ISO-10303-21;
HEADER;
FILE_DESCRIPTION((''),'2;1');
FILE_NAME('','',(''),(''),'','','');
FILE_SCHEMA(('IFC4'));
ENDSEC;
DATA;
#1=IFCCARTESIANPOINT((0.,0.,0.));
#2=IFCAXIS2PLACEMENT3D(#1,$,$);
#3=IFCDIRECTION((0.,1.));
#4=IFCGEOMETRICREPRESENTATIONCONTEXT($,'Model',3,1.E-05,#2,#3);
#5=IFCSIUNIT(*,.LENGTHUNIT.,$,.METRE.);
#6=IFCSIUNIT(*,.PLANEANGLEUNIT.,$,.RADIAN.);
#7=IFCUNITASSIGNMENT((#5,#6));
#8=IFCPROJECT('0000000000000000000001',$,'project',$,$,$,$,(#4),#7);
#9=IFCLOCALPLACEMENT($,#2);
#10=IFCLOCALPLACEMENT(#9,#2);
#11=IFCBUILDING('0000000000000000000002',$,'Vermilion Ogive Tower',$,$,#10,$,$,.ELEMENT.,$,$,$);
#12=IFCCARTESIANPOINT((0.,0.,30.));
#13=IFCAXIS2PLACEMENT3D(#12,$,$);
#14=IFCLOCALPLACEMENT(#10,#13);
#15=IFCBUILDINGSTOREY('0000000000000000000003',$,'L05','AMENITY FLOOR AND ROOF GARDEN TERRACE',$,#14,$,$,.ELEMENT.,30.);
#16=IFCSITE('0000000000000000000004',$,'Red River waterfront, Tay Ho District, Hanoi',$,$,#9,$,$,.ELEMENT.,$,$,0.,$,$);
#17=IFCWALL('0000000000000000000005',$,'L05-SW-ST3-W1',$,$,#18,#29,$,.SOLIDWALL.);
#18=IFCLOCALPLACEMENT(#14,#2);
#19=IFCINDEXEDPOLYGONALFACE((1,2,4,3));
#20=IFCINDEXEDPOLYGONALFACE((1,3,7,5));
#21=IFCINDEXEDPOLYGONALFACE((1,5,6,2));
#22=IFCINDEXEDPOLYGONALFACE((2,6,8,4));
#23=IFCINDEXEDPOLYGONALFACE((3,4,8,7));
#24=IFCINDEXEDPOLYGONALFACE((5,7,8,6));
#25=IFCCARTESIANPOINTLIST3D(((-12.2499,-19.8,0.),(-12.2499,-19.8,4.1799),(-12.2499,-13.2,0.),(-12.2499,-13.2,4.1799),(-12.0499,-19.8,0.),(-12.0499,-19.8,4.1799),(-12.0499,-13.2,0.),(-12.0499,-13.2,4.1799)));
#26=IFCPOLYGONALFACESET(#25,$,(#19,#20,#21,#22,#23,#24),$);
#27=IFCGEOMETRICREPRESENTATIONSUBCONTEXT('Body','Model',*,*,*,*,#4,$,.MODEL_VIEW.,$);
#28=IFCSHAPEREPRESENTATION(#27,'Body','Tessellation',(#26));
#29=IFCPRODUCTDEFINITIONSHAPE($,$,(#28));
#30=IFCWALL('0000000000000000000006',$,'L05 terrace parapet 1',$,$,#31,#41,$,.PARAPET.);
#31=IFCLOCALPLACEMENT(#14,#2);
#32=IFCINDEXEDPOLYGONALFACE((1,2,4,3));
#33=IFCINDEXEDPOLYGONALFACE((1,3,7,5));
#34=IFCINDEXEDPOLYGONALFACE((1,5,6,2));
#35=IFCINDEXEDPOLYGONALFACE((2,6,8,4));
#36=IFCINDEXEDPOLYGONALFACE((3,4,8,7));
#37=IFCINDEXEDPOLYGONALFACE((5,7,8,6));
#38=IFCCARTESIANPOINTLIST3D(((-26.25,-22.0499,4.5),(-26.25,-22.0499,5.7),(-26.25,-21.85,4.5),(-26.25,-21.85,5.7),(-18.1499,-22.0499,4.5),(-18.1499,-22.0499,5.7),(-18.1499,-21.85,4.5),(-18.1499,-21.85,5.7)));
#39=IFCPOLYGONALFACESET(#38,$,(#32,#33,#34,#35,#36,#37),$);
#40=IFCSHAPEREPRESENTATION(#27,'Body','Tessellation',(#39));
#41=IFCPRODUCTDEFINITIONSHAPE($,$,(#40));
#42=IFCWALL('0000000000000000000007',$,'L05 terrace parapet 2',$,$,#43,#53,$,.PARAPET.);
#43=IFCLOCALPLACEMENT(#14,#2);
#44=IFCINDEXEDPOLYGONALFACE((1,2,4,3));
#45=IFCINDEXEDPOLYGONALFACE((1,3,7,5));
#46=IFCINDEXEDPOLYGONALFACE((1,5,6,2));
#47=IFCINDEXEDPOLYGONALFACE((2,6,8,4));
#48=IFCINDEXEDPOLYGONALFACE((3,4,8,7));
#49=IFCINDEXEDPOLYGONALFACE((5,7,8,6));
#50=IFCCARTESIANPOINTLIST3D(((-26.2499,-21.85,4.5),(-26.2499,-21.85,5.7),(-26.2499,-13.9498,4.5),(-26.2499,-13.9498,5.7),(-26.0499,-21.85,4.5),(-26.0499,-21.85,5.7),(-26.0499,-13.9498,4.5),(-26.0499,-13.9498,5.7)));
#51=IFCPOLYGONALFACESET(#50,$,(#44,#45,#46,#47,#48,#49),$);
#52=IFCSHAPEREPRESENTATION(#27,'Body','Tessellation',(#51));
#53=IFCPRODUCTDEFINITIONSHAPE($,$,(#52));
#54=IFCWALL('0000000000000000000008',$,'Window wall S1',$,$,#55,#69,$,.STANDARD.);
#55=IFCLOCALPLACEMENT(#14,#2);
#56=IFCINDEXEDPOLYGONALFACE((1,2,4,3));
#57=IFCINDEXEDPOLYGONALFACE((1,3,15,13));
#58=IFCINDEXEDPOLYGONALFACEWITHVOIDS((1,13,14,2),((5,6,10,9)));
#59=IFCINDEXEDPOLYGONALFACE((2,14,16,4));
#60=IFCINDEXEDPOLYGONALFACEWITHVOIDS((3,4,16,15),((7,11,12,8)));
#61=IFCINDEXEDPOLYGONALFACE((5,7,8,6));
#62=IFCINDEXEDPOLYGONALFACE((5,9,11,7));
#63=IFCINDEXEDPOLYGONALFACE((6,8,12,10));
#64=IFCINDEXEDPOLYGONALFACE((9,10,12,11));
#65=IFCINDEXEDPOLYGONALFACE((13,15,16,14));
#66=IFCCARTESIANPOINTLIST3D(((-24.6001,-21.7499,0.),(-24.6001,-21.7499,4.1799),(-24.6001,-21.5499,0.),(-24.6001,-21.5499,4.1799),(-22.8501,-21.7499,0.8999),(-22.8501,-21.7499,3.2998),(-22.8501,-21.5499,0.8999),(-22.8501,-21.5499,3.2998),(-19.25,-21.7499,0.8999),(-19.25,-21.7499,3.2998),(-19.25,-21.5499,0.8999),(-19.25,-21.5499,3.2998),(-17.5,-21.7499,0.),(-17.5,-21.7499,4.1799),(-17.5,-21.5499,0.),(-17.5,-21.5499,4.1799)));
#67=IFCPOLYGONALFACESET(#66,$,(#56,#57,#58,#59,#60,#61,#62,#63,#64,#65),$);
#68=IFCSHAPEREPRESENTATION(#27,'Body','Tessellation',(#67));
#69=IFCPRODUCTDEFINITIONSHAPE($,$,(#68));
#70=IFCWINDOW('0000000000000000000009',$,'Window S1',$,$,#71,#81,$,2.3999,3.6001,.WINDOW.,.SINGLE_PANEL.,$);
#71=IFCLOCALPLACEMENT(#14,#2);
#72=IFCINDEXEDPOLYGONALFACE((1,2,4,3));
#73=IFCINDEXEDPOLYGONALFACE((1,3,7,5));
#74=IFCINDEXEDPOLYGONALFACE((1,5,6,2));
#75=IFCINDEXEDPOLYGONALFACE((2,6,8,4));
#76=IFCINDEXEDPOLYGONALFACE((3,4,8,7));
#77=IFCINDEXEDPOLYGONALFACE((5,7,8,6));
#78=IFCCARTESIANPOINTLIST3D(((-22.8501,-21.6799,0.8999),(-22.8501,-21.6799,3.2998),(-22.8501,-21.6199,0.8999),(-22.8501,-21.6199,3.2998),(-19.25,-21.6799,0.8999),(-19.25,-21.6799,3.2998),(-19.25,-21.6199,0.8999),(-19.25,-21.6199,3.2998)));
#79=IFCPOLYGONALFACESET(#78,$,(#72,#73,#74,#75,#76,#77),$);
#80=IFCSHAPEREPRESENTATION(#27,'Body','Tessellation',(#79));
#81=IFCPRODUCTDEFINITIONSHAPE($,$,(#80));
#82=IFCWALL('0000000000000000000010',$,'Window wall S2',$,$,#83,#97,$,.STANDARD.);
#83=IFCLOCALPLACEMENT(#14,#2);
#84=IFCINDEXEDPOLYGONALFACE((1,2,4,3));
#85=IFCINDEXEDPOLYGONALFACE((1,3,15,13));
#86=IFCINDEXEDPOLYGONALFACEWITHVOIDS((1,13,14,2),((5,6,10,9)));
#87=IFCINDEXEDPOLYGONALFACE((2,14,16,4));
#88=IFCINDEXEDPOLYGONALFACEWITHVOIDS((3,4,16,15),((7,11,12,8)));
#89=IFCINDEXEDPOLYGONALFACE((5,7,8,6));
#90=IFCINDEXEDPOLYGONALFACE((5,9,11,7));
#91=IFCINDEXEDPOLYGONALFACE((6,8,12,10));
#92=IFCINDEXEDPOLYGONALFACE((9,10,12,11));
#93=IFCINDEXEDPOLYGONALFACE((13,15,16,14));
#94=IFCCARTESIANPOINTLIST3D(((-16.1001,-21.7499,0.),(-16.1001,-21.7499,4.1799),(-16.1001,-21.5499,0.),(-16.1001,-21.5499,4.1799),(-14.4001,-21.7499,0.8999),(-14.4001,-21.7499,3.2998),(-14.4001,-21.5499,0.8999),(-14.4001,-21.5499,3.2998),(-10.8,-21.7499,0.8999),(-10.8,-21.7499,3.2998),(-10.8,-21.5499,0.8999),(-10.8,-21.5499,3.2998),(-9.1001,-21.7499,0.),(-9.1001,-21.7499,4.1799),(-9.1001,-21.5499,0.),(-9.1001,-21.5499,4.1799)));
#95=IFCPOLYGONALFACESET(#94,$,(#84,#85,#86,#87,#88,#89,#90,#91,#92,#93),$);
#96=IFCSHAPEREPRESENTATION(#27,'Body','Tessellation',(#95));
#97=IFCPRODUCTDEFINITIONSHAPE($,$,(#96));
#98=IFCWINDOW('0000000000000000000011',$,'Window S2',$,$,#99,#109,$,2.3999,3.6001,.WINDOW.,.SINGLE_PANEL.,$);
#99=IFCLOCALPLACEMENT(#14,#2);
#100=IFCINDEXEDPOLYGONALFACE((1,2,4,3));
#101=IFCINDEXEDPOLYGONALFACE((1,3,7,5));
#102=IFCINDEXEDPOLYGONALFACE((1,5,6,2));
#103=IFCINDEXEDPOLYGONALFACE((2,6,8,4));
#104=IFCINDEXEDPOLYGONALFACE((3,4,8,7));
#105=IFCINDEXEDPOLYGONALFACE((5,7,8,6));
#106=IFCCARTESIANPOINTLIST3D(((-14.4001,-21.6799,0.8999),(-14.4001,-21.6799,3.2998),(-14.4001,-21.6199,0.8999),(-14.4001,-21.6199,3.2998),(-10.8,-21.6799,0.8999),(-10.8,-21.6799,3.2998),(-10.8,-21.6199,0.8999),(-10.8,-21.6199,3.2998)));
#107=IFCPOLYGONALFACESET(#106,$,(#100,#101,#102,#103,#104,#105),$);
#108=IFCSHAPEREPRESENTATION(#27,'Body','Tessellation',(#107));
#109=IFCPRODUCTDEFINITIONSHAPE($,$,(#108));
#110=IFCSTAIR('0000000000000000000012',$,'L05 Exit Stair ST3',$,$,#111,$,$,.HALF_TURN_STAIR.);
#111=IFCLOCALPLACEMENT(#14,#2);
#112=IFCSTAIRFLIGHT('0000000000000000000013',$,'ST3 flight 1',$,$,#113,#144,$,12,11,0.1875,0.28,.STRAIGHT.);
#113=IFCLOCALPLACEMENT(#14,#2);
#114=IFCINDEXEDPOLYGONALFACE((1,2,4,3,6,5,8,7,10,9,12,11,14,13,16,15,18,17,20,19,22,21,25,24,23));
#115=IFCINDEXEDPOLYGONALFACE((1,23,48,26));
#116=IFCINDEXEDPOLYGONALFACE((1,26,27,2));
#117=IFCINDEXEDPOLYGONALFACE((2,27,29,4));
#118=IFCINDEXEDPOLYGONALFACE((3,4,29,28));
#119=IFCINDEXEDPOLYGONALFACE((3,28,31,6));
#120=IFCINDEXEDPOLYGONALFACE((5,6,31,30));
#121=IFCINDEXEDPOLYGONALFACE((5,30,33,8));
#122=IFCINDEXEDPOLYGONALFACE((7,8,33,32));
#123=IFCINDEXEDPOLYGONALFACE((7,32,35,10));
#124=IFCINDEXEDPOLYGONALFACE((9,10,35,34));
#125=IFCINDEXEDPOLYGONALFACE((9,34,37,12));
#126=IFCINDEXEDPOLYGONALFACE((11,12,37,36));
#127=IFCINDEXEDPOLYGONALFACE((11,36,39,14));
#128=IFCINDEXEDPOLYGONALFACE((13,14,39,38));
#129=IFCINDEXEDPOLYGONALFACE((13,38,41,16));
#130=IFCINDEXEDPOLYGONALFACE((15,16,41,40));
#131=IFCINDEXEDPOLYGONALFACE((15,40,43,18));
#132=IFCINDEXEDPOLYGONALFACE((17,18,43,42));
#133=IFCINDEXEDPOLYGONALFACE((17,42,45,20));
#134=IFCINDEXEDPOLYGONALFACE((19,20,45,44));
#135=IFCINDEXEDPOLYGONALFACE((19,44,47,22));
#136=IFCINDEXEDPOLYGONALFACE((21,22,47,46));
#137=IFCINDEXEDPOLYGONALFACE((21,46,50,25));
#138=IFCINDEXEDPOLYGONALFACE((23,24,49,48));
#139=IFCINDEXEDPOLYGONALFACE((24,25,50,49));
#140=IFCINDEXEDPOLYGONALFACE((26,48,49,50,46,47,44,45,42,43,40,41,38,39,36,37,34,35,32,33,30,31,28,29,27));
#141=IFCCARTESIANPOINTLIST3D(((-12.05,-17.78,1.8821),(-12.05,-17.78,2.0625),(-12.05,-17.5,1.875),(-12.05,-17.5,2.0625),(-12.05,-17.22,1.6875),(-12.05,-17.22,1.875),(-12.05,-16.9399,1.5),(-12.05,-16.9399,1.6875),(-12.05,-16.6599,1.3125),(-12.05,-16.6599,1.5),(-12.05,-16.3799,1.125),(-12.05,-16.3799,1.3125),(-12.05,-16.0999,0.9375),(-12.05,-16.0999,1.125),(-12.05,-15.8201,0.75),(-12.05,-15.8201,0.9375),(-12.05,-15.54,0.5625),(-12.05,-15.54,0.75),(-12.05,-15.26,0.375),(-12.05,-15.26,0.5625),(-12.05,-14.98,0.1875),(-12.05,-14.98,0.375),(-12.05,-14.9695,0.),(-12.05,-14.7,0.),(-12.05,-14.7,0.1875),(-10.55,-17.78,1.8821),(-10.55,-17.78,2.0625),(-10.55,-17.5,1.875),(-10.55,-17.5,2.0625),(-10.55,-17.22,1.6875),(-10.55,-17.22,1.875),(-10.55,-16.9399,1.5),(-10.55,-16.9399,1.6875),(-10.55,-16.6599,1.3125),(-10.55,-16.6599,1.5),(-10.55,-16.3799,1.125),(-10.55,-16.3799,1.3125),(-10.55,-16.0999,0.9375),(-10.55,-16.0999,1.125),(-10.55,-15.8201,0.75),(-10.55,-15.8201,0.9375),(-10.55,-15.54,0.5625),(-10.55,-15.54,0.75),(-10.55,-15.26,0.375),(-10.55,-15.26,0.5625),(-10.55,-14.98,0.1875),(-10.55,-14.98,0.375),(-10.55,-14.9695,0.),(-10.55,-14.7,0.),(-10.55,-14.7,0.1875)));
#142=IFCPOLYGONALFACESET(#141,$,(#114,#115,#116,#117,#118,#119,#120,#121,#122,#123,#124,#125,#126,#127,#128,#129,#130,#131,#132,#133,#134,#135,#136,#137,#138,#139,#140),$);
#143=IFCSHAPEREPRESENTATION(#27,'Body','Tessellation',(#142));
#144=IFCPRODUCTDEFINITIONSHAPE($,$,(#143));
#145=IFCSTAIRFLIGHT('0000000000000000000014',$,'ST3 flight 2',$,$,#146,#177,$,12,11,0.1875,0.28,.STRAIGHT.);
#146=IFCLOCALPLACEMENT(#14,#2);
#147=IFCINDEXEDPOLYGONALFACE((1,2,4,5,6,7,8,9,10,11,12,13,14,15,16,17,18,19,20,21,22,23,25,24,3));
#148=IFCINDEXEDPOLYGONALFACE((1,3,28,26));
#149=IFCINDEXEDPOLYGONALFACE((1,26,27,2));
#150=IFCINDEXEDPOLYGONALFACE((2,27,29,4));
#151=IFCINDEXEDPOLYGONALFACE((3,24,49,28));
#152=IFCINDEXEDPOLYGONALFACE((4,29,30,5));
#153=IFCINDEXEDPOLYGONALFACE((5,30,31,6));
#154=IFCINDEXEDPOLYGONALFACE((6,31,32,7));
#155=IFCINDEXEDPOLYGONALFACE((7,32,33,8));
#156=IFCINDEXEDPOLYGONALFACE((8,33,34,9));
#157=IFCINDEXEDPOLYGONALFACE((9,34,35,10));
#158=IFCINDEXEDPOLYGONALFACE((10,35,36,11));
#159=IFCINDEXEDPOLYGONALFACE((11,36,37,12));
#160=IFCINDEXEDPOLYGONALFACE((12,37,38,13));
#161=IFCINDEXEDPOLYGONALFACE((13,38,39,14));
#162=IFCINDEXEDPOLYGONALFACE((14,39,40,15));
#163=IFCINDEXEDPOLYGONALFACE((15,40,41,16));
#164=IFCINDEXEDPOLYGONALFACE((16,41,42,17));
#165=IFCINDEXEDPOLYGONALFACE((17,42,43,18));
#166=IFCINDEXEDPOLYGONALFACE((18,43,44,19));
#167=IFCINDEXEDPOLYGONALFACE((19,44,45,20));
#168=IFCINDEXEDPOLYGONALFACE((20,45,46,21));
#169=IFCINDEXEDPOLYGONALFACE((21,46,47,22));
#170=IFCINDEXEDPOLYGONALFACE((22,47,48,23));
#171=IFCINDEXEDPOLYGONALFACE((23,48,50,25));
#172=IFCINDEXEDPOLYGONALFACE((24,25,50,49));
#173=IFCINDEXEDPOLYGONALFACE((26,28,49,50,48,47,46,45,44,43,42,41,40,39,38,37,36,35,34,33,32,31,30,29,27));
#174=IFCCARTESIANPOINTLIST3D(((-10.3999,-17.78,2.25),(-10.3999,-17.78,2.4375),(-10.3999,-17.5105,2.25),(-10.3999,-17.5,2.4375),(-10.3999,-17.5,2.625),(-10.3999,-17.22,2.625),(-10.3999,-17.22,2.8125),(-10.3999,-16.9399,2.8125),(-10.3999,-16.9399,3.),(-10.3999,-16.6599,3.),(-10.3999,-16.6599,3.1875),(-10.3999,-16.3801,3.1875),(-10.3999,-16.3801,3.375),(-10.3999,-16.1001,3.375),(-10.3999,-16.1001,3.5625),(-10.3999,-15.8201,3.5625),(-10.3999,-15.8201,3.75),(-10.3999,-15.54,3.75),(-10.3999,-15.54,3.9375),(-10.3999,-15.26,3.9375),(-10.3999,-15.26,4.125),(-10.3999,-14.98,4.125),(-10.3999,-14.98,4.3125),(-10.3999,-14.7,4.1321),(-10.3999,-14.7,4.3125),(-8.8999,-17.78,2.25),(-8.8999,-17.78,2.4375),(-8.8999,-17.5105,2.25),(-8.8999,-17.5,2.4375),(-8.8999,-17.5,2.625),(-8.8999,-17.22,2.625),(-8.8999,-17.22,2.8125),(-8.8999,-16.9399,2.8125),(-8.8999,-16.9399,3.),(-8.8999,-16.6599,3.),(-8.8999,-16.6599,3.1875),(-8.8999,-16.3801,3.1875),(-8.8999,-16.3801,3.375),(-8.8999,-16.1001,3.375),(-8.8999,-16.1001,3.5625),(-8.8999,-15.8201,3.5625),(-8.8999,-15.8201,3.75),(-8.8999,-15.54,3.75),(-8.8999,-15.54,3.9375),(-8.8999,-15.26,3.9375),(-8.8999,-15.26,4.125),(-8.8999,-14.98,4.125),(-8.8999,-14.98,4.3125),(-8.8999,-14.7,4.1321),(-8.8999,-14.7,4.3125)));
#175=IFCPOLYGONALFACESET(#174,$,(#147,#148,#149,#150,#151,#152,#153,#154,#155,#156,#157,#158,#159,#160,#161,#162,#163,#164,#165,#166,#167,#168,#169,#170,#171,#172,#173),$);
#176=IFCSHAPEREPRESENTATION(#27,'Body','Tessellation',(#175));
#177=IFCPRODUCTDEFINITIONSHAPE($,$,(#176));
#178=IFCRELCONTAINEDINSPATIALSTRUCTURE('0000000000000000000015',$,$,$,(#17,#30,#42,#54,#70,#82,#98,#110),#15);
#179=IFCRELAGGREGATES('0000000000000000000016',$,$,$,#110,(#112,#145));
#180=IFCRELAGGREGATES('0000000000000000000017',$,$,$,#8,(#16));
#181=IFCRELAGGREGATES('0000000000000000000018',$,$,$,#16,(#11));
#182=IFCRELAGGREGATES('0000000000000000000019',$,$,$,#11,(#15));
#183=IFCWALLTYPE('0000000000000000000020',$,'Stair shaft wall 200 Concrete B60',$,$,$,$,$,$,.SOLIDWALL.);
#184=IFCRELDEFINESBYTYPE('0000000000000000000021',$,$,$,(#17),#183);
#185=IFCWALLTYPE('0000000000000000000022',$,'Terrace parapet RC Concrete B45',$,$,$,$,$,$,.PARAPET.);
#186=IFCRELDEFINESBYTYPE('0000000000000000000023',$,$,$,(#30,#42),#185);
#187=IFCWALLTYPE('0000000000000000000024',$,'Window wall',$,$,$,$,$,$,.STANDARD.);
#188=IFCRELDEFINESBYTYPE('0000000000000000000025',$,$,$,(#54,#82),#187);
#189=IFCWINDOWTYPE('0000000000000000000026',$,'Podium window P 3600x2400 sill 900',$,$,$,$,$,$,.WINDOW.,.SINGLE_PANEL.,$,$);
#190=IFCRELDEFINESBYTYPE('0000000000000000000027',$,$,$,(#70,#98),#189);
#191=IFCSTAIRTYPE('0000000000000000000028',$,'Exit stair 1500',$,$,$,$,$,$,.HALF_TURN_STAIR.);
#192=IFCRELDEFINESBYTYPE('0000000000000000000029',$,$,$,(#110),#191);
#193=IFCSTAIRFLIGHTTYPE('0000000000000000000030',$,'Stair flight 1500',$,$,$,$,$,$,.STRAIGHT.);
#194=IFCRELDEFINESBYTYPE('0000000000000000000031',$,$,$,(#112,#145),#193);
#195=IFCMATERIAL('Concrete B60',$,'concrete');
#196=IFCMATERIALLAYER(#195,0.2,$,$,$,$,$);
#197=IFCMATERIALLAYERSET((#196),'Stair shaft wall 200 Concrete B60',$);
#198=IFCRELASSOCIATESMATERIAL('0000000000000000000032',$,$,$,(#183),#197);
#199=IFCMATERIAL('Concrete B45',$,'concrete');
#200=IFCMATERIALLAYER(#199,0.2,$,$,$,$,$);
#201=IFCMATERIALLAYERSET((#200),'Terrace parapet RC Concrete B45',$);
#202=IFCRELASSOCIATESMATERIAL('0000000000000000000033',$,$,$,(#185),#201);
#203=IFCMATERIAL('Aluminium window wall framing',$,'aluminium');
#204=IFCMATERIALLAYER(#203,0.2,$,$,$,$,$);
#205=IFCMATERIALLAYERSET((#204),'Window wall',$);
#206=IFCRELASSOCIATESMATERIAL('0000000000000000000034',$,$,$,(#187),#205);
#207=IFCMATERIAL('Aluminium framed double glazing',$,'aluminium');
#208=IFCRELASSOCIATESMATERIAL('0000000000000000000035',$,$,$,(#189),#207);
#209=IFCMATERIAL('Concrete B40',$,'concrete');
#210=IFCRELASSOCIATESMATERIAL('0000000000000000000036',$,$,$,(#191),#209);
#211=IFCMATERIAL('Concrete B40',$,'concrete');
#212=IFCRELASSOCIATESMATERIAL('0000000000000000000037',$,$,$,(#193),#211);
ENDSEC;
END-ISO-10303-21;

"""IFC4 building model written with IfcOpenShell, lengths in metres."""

from ifc_helpers import new_model, si_unit, direction, frame, frame_2d, origin, place, context, subcontext, project, spatial, polyline, rectangle, outline, extrude, material, layer, layer_set, type_object, element, fill, aggregate, save


model = new_model("IFC4")

# Units and contexts
model_context = context("Model", 3, precision=1e-05, world=origin(), true_north=direction((0.0, 1.0)))
body_context = subcontext(model_context, "Body", "Model", "MODEL_VIEW")
ifc_project = project(units=[si_unit("LENGTHUNIT", "METRE"), si_unit("PLANEANGLEUNIT", "RADIAN")], contexts=[model_context])

# Site, building, storey
site_placement = place(None, origin())
site = spatial("IfcSite", under=ifc_project, at=site_placement, Name="Red River waterfront, Tay Ho District, Hanoi", CompositionType="ELEMENT", RefElevation=0.0)
building_placement = place(site_placement, origin())
building = spatial("IfcBuilding", under=site, at=building_placement, Name="Vermilion Ogive Tower", CompositionType="ELEMENT")
storey_placement = place(building_placement, frame((0.0, 0.0, 30.0)))
storey = spatial("IfcBuildingStorey", under=building, at=storey_placement, Name="L05", Description="AMENITY FLOOR AND ROOF GARDEN TERRACE", CompositionType="ELEMENT", Elevation=30.0)

# Walls
ifc_material_1 = material(Name="Concrete B60", Category="concrete")
ifc_layer_1 = layer(ifc_material_1, 0.2)
ifc_layer_set_1 = layer_set([ifc_layer_1], Name="Stair shaft wall 200 Concrete B60")
wall_type_1 = type_object("IfcWallType", Name="Stair shaft wall 200 Concrete B60", PredefinedType="SOLIDWALL", material=ifc_layer_set_1)
wall_1_placement = place(storey_placement, frame((-12.1499, -19.8, 0.0), z_axis=(0.0, 0.0, 1.0), x_axis=(0.0, 1.0, 0.0)))
element("IfcWall", 1, at=wall_1_placement, inside=storey, type_object=wall_type_1, Name="L05-SW-ST3-W1", PredefinedType="SOLIDWALL", context=body_context, shape_type="SweptSolid", body=[
    extrude(rectangle(XDim=6.6001, YDim=0.2, at=frame_2d((3.3, 0.0))), origin(), (0.0, 0.0, 1.0), 4.1799),
])
ifc_material_2 = material(Name="Concrete B45", Category="concrete")
ifc_layer_2 = layer(ifc_material_2, 0.2)
ifc_layer_set_2 = layer_set([ifc_layer_2], Name="Terrace parapet RC Concrete B45")
wall_type_2 = type_object("IfcWallType", Name="Terrace parapet RC Concrete B45", PredefinedType="PARAPET", material=ifc_layer_set_2)
wall_2_placement = place(storey_placement, frame((-26.25, -21.95, 4.5), z_axis=(0.0, 0.0, 1.0), x_axis=(1.0, 0.0, 0.0)))
element("IfcWall", 2, at=wall_2_placement, inside=storey, type_object=wall_type_2, Name="L05 terrace parapet 1", PredefinedType="PARAPET", context=body_context, shape_type="SweptSolid", body=[
    extrude(rectangle(XDim=8.1001, YDim=0.2, at=frame_2d((4.05, 0.0))), origin(), (0.0, 0.0, 1.0), 1.2),
])
wall_3_placement = place(storey_placement, frame((-26.1499, -21.8501, 4.5), z_axis=(0.0, 0.0, 1.0), x_axis=(0.0, 1.0, 0.0)))
element("IfcWall", 3, at=wall_3_placement, inside=storey, type_object=wall_type_2, Name="L05 terrace parapet 2", PredefinedType="PARAPET", context=body_context, shape_type="SweptSolid", body=[
    extrude(rectangle(XDim=7.9001, YDim=0.2, at=frame_2d((3.9502, 0.0))), origin(), (0.0, 0.0, 1.0), 1.2),
])

# Walls, openings, windows
ifc_material_3 = material(Name="Aluminium window wall framing", Category="aluminium")
ifc_layer_3 = layer(ifc_material_3, 0.2)
ifc_layer_set_3 = layer_set([ifc_layer_3], Name="Window wall")
wall_type_3 = type_object("IfcWallType", Name="Window wall", PredefinedType="STANDARD", material=ifc_layer_set_3)
wall_4_placement = place(storey_placement, frame((-24.6001, -21.6499, 0.0), z_axis=(0.0, 0.0, 1.0), x_axis=(1.0, 0.0, 0.0)))
wall_4 = element("IfcWall", 4, at=wall_4_placement, inside=storey, type_object=wall_type_3, Name="Window wall S1", PredefinedType="STANDARD", context=body_context, shape_type="SweptSolid", body=[
    extrude(rectangle(XDim=7.1001, YDim=0.2, at=frame_2d((3.55, 0.0))), origin(), (0.0, 0.0, 1.0), 4.1799),
])
opening_1_placement = place(wall_4_placement, frame((1.75, 0.0, 0.8999)))
opening_1 = element("IfcOpeningElement", 5, at=opening_1_placement, cuts=wall_4, PredefinedType="OPENING", context=body_context, shape_type="SweptSolid", body=[
    extrude(rectangle(XDim=3.6001, YDim=2.3999, at=frame_2d((1.8, 1.2))), frame((0.0, 0.1099, 0.0), z_axis=(0.0, -1.0, 0.0), x_axis=(1.0, 0.0, 0.0)), (0.0, 0.0, 1.0), 0.22),
])
ifc_material_4 = material(Name="Aluminium framed double glazing", Category="aluminium")
window_type = type_object("IfcWindowType", Name="Podium window P 3600x2400 sill 900", PartitioningType="SINGLE_PANEL", PredefinedType="WINDOW", material=ifc_material_4)
window_1_placement = place(opening_1_placement, origin())
window_1 = element("IfcWindow", 6, at=window_1_placement, inside=storey, type_object=window_type, Name="Window S1", OverallHeight=2.3999, OverallWidth=3.6001, PartitioningType="SINGLE_PANEL", PredefinedType="WINDOW", context=body_context, shape_type="SweptSolid", body=[
    extrude(rectangle(XDim=3.6001, YDim=2.3999, at=frame_2d((1.8, 1.2))), frame((0.0, 0.03, 0.0), z_axis=(0.0, -1.0, 0.0), x_axis=(1.0, 0.0, 0.0)), (0.0, 0.0, 1.0), 0.0601),
])
fill(opening_1, window_1)
wall_5_placement = place(storey_placement, frame((-16.1001, -21.6499, 0.0), z_axis=(0.0, 0.0, 1.0), x_axis=(1.0, 0.0, 0.0)))
wall_5 = element("IfcWall", 7, at=wall_5_placement, inside=storey, type_object=wall_type_3, Name="Window wall S2", PredefinedType="STANDARD", context=body_context, shape_type="SweptSolid", body=[
    extrude(rectangle(XDim=7.0, YDim=0.2, at=frame_2d((3.5, 0.0))), origin(), (0.0, 0.0, 1.0), 4.1799),
])
opening_2_placement = place(wall_5_placement, frame((1.7, 0.0, 0.8999)))
opening_2 = element("IfcOpeningElement", 8, at=opening_2_placement, cuts=wall_5, PredefinedType="OPENING", context=body_context, shape_type="SweptSolid", body=[
    extrude(rectangle(XDim=3.6001, YDim=2.3999, at=frame_2d((1.8, 1.2))), frame((0.0, 0.1099, 0.0), z_axis=(0.0, -1.0, 0.0), x_axis=(1.0, 0.0, 0.0)), (0.0, 0.0, 1.0), 0.22),
])
window_2_placement = place(opening_2_placement, origin())
window_2 = element("IfcWindow", 9, at=window_2_placement, inside=storey, type_object=window_type, Name="Window S2", OverallHeight=2.3999, OverallWidth=3.6001, PartitioningType="SINGLE_PANEL", PredefinedType="WINDOW", context=body_context, shape_type="SweptSolid", body=[
    extrude(rectangle(XDim=3.6001, YDim=2.3999, at=frame_2d((1.8, 1.2))), frame((0.0, 0.03, 0.0), z_axis=(0.0, -1.0, 0.0), x_axis=(1.0, 0.0, 0.0)), (0.0, 0.0, 1.0), 0.0601),
])
fill(opening_2, window_2)

# Stair, stair flights
ifc_material_5 = material(Name="Concrete B40", Category="concrete")
stair_type = type_object("IfcStairType", Name="Exit stair 1500", PredefinedType="HALF_TURN_STAIR", material=ifc_material_5)
stair_placement = place(storey_placement, origin())
stair = element("IfcStair", 10, at=stair_placement, inside=storey, type_object=stair_type, Name="L05 Exit Stair ST3", PredefinedType="HALF_TURN_STAIR")
ifc_material_6 = material(Name="Concrete B40", Category="concrete")
stair_flight_type = type_object("IfcStairFlightType", Name="Stair flight 1500", PredefinedType="STRAIGHT", material=ifc_material_6)
stair_flight_1_placement = place(storey_placement, frame((-11.3, -14.7, 0.0), z_axis=(0.0, 0.0, 1.0), x_axis=(0.0, -1.0, 0.0)))
stair_flight_1 = element("IfcStairFlight", 11, at=stair_flight_1_placement, type_object=stair_flight_type, Name="ST3 flight 1", NumberOfRisers=12, NumberOfTreads=11, PredefinedType="STRAIGHT", RiserHeight=0.1875, TreadLength=0.28, context=body_context, shape_type="SweptSolid", body=[
    extrude(outline(polyline([(0.0, 0.0), (0.0, 0.1875), (0.28, 0.1875), (0.28, 0.375), (0.5601, 0.375), (0.5601, 0.5625), (0.8401, 0.5625), (0.8401, 0.75), (1.1201, 0.75), (1.1201, 0.9375), (1.3999, 0.9375), (1.3999, 1.125), (1.6799, 1.125), (1.6799, 1.3125), (1.96, 1.3125), (1.96, 1.5), (2.24, 1.5), (2.24, 1.6875), (2.52, 1.6875), (2.52, 1.875), (2.8, 1.875), (2.8, 2.0625), (3.0801, 2.0625), (3.0801, 2.25), (3.0801, 1.8821), (0.2695, 0.0), (0.0, 0.0)])), frame((0.0, 0.75, 0.0), z_axis=(0.0, -1.0, 0.0), x_axis=(1.0, 0.0, 0.0)), (0.0, 0.0, 1.0), 1.5),
])
stair_flight_2_placement = place(storey_placement, frame((-9.6499, -17.78, 2.25), z_axis=(0.0, 0.0, 1.0), x_axis=(0.0, 1.0, 0.0)))
stair_flight_2 = element("IfcStairFlight", 12, at=stair_flight_2_placement, type_object=stair_flight_type, Name="ST3 flight 2", NumberOfRisers=12, NumberOfTreads=11, PredefinedType="STRAIGHT", RiserHeight=0.1875, TreadLength=0.28, context=body_context, shape_type="SweptSolid", body=[
    extrude(outline(polyline([(0.0, 0.0), (0.0, 0.1875), (0.28, 0.1875), (0.28, 0.375), (0.5601, 0.375), (0.5601, 0.5625), (0.8401, 0.5625), (0.8401, 0.75), (1.1201, 0.75), (1.1201, 0.9375), (1.3999, 0.9375), (1.3999, 1.125), (1.6799, 1.125), (1.6799, 1.3125), (1.96, 1.3125), (1.96, 1.5), (2.24, 1.5), (2.24, 1.6875), (2.52, 1.6875), (2.52, 1.875), (2.8, 1.875), (2.8, 2.0625), (3.0801, 2.0625), (3.0801, 2.25), (3.0801, 1.8821), (0.2695, 0.0), (0.0, 0.0)])), frame((0.0, 0.75, 0.0), z_axis=(0.0, -1.0, 0.0), x_axis=(1.0, 0.0, 0.0)), (0.0, 0.0, 1.0), 1.5),
])
aggregate(stair, [stair_flight_1, stair_flight_2])

save(model, "model.ifc")
